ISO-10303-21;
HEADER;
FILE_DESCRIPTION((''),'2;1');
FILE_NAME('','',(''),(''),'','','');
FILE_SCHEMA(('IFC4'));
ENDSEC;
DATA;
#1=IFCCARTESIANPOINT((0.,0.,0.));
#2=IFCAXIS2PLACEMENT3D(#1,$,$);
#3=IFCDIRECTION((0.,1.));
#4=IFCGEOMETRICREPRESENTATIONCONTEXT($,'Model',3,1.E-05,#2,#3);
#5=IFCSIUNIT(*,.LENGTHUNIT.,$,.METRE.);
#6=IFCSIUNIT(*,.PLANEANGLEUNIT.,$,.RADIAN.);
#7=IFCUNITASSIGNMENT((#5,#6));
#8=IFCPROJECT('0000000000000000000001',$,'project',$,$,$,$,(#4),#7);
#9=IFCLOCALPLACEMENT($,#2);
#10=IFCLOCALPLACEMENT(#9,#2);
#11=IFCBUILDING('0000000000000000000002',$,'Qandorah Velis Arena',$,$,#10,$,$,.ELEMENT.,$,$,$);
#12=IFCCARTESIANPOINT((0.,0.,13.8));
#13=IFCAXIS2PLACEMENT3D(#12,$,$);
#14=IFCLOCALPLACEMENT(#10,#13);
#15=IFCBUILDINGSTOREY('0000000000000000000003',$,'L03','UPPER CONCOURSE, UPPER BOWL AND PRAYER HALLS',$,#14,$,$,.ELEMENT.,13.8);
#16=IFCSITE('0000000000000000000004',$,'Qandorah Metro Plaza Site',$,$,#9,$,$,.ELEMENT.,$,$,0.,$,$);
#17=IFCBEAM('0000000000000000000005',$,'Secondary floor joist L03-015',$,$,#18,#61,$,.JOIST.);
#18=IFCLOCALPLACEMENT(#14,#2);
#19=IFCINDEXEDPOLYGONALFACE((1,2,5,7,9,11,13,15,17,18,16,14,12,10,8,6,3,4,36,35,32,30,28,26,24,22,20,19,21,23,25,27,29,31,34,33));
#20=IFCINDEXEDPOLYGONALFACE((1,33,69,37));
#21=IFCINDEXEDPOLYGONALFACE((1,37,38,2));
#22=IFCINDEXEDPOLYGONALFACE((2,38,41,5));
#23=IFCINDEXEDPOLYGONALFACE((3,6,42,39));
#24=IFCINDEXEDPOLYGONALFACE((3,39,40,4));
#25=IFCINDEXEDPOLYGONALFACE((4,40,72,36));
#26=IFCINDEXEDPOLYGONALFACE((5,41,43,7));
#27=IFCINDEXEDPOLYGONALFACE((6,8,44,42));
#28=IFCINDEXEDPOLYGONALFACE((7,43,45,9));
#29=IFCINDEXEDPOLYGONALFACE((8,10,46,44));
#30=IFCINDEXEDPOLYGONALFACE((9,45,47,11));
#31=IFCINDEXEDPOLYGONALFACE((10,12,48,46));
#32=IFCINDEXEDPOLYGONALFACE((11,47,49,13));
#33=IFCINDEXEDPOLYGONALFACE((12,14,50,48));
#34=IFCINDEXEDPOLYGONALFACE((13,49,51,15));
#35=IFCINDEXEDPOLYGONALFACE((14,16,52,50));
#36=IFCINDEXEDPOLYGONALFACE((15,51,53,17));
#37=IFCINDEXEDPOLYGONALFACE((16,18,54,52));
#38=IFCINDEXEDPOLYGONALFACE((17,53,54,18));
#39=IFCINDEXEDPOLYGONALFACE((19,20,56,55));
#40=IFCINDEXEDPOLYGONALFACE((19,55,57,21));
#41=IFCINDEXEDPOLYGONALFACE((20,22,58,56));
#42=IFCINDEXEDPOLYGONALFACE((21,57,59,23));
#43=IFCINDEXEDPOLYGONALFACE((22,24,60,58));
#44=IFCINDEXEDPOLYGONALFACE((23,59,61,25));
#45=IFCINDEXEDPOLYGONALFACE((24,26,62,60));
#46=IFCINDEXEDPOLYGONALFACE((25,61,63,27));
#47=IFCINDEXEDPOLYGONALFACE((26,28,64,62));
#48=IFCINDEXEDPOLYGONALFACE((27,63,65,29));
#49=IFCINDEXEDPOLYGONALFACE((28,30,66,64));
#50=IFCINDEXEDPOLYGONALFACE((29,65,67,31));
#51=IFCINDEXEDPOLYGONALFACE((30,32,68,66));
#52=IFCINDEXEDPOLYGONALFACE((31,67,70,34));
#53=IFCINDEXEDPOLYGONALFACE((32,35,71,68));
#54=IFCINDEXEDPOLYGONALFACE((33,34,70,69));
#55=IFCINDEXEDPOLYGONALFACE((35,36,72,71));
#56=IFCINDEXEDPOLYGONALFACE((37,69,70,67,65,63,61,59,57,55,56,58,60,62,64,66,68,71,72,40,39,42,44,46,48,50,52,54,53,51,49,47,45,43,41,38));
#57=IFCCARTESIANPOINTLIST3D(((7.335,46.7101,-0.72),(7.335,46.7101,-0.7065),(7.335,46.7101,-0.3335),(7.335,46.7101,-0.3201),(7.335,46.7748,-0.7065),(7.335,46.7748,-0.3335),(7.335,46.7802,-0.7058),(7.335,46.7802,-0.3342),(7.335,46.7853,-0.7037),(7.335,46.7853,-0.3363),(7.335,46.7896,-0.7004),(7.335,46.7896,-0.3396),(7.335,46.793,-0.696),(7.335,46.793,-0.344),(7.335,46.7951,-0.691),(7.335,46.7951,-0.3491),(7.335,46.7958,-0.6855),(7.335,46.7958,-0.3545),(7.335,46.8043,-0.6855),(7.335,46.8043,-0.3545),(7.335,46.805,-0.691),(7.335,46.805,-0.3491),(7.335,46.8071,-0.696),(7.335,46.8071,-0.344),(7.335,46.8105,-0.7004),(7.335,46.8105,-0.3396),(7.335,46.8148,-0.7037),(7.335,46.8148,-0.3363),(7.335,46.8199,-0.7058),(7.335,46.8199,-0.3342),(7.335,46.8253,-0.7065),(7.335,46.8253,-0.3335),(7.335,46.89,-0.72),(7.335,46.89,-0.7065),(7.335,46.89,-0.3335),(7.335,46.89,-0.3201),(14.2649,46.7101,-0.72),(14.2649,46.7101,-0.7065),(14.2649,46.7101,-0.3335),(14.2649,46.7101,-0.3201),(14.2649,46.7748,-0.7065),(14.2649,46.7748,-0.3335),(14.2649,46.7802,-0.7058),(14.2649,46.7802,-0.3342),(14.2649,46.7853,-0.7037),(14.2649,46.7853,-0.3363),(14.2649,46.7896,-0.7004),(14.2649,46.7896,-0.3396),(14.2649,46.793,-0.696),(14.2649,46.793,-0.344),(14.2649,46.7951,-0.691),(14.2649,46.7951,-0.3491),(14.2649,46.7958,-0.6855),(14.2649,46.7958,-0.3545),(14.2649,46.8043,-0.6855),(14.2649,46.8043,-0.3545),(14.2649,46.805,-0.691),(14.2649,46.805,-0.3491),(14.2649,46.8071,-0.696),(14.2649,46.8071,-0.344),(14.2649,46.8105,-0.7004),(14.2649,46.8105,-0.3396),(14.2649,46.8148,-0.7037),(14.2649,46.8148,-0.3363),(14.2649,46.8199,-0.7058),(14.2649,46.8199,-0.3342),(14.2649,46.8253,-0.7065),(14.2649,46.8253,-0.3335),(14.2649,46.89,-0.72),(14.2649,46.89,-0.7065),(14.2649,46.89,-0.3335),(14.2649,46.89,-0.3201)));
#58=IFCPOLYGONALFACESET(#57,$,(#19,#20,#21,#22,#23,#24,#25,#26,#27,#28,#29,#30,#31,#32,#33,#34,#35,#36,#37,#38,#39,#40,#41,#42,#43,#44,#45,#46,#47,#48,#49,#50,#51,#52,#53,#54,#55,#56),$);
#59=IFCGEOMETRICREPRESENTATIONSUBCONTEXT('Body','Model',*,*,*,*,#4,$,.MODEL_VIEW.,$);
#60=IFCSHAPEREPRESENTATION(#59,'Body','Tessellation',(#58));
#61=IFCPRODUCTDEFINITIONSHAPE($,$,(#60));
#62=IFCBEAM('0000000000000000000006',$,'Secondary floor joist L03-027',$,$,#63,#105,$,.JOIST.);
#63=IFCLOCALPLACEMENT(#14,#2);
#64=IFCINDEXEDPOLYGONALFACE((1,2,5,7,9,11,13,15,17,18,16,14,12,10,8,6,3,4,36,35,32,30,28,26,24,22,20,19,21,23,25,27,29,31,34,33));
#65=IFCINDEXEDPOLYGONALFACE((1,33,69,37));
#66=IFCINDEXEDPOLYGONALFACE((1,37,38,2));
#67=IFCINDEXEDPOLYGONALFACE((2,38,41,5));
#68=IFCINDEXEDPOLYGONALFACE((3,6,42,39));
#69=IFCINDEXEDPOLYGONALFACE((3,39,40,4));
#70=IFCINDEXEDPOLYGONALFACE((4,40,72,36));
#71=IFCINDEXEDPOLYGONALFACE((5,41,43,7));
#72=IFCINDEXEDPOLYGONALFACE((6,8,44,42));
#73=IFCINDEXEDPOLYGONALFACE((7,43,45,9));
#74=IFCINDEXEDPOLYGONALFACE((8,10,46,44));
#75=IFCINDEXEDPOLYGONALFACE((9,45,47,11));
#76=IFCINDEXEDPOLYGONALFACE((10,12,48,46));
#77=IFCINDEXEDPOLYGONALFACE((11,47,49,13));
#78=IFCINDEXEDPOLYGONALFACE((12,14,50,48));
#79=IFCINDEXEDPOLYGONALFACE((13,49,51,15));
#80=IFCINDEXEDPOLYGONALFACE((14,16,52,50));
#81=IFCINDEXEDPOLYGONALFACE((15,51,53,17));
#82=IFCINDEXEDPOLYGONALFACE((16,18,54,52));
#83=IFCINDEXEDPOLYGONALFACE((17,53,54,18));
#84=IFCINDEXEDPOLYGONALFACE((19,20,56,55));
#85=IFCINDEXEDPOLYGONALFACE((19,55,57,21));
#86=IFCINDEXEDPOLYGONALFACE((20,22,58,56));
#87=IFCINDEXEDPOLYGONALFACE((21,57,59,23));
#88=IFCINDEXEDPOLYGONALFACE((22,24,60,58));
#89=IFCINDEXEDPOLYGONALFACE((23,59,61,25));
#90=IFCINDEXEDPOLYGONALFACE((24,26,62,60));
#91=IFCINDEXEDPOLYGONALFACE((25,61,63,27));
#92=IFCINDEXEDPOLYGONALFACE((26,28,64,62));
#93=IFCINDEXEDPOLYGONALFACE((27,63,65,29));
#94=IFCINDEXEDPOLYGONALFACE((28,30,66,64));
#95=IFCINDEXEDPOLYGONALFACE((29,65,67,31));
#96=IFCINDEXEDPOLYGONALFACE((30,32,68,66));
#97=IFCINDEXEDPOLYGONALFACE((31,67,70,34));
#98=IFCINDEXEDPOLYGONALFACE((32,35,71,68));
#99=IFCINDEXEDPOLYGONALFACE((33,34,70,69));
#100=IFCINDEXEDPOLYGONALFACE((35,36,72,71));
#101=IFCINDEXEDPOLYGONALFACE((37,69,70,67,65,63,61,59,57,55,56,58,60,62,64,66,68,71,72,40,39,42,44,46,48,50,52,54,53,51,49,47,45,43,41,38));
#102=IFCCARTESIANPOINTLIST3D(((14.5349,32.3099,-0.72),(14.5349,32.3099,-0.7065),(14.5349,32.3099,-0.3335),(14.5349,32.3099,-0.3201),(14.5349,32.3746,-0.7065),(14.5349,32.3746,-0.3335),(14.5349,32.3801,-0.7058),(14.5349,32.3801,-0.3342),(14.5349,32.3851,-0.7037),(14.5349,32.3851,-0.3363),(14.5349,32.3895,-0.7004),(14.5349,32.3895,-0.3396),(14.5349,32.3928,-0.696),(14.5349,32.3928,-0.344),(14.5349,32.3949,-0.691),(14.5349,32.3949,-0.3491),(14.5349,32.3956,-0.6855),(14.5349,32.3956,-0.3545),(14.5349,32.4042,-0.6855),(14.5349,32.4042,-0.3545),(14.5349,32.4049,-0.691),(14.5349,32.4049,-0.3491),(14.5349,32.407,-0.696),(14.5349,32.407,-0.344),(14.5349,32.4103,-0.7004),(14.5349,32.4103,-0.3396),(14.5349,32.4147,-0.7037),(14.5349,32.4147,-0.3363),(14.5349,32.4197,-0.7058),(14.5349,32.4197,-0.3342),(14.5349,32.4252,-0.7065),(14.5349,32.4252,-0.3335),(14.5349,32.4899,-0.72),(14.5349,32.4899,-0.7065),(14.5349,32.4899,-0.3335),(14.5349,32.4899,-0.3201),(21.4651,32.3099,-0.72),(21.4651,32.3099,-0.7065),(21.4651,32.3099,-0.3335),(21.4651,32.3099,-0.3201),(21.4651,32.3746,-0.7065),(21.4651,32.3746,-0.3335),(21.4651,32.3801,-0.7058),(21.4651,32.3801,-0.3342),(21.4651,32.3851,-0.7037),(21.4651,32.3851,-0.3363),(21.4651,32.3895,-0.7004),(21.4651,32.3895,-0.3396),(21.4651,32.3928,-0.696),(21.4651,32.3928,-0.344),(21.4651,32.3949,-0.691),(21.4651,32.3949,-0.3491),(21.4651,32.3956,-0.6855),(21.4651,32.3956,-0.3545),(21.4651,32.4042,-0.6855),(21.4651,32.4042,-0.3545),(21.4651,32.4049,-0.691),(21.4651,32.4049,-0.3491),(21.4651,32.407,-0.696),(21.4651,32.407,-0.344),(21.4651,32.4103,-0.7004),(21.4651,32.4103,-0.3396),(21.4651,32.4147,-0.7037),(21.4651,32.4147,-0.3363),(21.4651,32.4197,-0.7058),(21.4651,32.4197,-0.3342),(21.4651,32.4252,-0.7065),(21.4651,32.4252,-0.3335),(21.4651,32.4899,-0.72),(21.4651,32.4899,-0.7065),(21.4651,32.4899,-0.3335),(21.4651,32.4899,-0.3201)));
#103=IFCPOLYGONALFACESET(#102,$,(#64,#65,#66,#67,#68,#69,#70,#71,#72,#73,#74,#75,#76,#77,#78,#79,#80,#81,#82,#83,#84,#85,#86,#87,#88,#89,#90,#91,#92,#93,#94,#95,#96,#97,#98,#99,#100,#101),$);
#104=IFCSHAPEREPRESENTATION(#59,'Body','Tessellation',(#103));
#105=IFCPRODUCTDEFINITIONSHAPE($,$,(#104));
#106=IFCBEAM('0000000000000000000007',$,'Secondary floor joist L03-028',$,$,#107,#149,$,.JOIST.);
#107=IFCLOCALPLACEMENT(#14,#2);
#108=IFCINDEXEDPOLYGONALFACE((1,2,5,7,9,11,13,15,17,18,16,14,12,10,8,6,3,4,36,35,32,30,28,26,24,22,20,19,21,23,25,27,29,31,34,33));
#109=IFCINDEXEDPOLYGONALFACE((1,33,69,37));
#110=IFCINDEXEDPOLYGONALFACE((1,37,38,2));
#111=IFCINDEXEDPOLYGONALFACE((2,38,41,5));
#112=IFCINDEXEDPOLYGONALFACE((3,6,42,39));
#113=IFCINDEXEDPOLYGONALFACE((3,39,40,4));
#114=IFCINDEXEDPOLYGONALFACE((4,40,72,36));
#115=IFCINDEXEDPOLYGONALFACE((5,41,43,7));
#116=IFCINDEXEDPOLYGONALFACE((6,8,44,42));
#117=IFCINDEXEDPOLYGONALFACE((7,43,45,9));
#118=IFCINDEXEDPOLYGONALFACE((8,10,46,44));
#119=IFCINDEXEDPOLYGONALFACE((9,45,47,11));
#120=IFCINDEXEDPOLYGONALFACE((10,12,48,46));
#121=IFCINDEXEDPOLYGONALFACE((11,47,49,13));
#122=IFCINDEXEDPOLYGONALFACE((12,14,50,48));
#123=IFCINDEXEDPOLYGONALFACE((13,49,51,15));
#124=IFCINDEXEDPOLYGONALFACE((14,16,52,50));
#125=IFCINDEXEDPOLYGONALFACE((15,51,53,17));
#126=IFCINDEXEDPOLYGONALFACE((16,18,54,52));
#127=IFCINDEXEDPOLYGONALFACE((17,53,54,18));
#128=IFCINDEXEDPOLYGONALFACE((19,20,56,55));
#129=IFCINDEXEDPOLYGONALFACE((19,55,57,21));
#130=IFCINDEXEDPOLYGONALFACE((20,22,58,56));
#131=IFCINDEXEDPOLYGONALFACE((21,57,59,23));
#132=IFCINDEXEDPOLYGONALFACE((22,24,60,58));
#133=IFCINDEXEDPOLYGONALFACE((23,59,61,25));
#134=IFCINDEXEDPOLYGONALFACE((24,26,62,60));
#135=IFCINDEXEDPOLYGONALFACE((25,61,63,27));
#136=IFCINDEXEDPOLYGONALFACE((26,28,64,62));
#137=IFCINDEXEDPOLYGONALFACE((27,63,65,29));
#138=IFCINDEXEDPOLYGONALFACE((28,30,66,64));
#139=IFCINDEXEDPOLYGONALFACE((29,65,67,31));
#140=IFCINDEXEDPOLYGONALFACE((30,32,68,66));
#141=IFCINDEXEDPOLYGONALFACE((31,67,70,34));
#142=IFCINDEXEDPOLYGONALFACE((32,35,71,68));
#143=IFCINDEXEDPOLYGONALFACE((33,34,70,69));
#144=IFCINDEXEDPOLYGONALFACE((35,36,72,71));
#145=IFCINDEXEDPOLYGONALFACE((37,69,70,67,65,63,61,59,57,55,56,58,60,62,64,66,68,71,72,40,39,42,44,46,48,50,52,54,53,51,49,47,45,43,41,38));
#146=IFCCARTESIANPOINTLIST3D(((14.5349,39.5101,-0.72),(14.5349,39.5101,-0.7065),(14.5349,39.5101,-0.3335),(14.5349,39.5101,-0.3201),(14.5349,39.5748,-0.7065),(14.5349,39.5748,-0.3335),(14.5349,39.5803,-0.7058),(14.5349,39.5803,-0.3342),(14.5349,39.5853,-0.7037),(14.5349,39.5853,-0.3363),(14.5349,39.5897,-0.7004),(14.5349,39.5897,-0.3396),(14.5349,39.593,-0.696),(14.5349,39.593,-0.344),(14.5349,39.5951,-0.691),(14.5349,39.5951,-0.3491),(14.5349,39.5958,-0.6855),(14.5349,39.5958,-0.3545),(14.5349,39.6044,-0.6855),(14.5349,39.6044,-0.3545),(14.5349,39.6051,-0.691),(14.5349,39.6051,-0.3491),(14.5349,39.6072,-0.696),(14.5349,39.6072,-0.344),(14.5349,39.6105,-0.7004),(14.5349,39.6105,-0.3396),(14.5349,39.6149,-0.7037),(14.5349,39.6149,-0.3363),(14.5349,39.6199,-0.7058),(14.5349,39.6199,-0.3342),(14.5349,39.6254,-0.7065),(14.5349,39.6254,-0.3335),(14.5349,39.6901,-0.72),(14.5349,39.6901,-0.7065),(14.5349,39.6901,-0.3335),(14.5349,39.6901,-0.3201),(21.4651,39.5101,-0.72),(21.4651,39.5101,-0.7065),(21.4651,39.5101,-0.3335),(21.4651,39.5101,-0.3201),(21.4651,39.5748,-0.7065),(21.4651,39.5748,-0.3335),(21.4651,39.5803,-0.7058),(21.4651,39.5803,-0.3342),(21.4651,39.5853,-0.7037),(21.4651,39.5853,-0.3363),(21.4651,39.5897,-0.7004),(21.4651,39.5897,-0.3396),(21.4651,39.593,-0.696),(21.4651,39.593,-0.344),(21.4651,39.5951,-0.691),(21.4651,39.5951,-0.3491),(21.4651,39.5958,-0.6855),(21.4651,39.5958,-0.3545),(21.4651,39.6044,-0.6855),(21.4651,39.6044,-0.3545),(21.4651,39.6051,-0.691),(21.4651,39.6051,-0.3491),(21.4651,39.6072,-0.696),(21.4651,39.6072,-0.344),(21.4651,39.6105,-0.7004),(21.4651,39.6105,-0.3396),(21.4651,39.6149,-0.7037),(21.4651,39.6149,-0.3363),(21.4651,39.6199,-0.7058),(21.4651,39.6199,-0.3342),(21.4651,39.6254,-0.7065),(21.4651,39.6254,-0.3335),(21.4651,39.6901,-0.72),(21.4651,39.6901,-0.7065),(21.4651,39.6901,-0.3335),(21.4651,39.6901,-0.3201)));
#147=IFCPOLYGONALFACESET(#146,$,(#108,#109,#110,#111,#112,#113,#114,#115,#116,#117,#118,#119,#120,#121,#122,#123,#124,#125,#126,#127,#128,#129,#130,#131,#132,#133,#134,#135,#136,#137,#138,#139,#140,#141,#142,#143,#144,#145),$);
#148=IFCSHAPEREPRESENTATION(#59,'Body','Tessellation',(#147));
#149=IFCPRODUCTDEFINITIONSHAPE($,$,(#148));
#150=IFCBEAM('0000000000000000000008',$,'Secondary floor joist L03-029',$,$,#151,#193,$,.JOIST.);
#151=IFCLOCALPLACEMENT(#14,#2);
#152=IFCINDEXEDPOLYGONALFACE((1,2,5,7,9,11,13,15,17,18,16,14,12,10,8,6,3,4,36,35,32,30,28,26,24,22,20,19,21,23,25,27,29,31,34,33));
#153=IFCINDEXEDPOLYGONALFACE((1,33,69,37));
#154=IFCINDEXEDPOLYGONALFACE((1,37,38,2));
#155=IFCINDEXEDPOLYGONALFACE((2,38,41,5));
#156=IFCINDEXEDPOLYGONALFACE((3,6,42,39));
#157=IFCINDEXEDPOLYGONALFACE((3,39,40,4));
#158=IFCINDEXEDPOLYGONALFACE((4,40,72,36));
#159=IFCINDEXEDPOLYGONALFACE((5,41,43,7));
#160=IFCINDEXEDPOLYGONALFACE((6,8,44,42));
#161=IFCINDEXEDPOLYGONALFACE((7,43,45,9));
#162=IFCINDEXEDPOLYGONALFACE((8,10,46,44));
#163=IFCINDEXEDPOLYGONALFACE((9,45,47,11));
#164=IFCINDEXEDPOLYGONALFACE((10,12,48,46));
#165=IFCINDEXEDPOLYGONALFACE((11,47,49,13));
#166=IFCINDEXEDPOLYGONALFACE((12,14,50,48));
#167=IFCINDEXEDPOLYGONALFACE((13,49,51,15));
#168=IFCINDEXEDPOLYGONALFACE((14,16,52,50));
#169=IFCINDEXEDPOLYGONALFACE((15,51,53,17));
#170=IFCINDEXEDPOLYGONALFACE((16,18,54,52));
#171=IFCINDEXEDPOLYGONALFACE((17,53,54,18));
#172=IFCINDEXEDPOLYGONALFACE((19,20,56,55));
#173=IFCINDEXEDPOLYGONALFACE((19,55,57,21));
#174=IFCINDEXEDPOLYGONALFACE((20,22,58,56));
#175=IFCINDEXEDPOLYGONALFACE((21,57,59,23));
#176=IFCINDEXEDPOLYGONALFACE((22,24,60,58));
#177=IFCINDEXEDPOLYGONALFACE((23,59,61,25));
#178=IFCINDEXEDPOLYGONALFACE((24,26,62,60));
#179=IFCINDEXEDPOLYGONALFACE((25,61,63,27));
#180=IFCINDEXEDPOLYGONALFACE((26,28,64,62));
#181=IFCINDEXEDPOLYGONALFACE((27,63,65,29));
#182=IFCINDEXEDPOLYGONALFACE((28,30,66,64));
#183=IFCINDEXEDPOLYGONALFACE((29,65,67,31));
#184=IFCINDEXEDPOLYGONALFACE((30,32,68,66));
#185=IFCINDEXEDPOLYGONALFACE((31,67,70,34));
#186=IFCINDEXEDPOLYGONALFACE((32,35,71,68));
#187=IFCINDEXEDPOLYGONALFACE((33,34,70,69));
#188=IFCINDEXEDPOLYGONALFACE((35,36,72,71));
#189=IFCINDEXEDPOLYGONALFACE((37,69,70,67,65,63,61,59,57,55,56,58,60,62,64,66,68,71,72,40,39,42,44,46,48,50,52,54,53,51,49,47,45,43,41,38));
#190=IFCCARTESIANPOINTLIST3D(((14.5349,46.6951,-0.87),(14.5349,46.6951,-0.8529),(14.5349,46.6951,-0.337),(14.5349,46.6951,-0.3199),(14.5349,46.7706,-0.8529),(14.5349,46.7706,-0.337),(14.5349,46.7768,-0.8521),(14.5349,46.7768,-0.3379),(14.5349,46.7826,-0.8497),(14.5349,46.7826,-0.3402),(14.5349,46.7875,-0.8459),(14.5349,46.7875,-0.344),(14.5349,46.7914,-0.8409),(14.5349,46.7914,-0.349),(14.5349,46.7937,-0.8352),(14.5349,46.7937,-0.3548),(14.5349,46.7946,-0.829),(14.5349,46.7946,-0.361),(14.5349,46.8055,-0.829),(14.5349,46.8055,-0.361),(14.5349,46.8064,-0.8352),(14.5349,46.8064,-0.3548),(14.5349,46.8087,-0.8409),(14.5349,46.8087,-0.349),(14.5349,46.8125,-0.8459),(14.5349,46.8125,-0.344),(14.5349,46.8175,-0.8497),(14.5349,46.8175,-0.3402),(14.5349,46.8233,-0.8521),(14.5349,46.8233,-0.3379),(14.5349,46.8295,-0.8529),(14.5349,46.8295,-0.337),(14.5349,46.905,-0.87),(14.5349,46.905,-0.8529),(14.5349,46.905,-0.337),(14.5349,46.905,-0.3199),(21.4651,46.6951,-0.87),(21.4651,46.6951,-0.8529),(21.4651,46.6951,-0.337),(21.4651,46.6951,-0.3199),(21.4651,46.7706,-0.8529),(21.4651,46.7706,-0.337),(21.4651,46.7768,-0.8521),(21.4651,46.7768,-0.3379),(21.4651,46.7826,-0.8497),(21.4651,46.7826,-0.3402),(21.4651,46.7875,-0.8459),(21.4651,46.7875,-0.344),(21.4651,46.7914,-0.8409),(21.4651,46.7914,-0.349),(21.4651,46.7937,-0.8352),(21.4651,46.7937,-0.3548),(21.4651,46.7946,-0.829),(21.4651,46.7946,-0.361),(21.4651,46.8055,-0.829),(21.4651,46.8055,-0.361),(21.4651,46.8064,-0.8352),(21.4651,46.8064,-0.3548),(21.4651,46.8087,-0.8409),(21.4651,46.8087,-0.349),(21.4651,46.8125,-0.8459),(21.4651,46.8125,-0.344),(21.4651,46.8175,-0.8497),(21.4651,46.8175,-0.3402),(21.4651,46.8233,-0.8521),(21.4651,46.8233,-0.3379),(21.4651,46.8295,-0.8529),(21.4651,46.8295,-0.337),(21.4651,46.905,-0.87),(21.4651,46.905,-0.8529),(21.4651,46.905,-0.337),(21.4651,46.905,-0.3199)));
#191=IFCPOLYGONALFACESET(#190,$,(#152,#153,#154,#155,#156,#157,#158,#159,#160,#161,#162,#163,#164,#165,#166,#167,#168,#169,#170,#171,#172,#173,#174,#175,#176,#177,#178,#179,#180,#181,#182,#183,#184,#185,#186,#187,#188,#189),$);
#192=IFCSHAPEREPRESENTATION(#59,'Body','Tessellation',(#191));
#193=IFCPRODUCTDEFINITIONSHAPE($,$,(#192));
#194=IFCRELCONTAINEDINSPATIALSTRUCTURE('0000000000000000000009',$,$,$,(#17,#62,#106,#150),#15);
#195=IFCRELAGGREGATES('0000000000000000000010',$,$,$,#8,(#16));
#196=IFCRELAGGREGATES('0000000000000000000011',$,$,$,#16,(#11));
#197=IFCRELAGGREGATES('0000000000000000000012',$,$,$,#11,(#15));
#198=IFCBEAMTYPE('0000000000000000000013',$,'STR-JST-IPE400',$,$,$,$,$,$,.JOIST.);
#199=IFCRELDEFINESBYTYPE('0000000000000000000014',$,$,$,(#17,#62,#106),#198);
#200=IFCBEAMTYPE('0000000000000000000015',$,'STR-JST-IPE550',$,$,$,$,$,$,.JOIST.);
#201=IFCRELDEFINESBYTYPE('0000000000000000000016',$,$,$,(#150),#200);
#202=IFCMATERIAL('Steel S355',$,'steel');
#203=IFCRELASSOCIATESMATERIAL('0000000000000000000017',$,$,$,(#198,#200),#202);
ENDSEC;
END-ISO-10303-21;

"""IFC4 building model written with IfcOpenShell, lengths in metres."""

from ifc_helpers import new_model, si_unit, direction, frame, origin, origin_2d, place, context, subcontext, project, spatial, i_section, extrude, material, material_profile, profile_set, type_object, element, save


model = new_model("IFC4")

# Units and contexts
model_context = context("Model", 3, precision=1e-05, world=origin(), true_north=direction((0.0, 1.0)))
body_context = subcontext(model_context, "Body", "Model", "MODEL_VIEW")
ifc_project = project(units=[si_unit("LENGTHUNIT", "METRE"), si_unit("PLANEANGLEUNIT", "RADIAN")], contexts=[model_context])

# Site, building, storey
site_placement = place(None, origin())
site = spatial("IfcSite", under=ifc_project, at=site_placement, Name="Qandorah Metro Plaza Site", CompositionType="ELEMENT", RefElevation=0.0)
building_placement = place(site_placement, origin())
building = spatial("IfcBuilding", under=site, at=building_placement, Name="Qandorah Velis Arena", CompositionType="ELEMENT")
storey_placement = place(building_placement, frame((0.0, 0.0, 13.8)))
storey = spatial("IfcBuildingStorey", under=building, at=storey_placement, Name="L03", Description="UPPER CONCOURSE, UPPER BOWL AND PRAYER HALLS", CompositionType="ELEMENT", Elevation=13.8)

# Beams
ifc_material_1 = material(Name="Steel S355", Category="steel")
ifc_material_profile_1 = material_profile(ifc_material_1, i_section(OverallWidth=0.1799, OverallDepth=0.3999, WebThickness=0.0085, FlangeThickness=0.0134, FilletRadius=0.021, at=origin_2d()), Name="IPE 400")
ifc_profile_set_1 = profile_set([ifc_material_profile_1], Name="Steel S355")
beam_type_1 = type_object("IfcBeamType", Name="STR-JST-IPE400", PredefinedType="JOIST", material=ifc_profile_set_1)
for number, where, z_axis, x_axis, name in (
    (1, (7.335, 46.8, -0.52), (1.0, 0.0, 0.0), (0.0, 1.0, 0.0), "Secondary floor joist L03-015"),
):
    element("IfcBeam", number, at=place(storey_placement, frame(where, z_axis=z_axis, x_axis=x_axis)), inside=storey, type_object=beam_type_1, Name=name, PredefinedType="JOIST", context=body_context, shape_type="SweptSolid", body=[
        extrude(i_section(OverallWidth=0.1799, OverallDepth=0.3999, WebThickness=0.0085, FlangeThickness=0.0134, FilletRadius=0.021, at=origin_2d()), origin(), (0.0, 0.0, 1.0), 6.9299),
    ])
for number, where, z_axis, x_axis, name in (
    (2, (14.5349, 32.3999, -0.52), (1.0, 0.0, 0.0), (0.0, 1.0, 0.0), "Secondary floor joist L03-027"),
    (3, (14.5349, 39.6001, -0.52), (1.0, 0.0, 0.0), (0.0, 1.0, 0.0), "Secondary floor joist L03-028"),
):
    element("IfcBeam", number, at=place(storey_placement, frame(where, z_axis=z_axis, x_axis=x_axis)), inside=storey, type_object=beam_type_1, Name=name, PredefinedType="JOIST", context=body_context, shape_type="SweptSolid", body=[
        extrude(i_section(OverallWidth=0.1799, OverallDepth=0.3999, WebThickness=0.0085, FlangeThickness=0.0134, FilletRadius=0.021, at=origin_2d()), origin(), (0.0, 0.0, 1.0), 6.9302),
    ])
ifc_material_profile_2 = material_profile(ifc_material_1, i_section(OverallWidth=0.21, OverallDepth=0.55, WebThickness=0.011, FlangeThickness=0.0171, FilletRadius=0.0239, at=origin_2d()), Name="IPE 550")
ifc_profile_set_2 = profile_set([ifc_material_profile_2], Name="Steel S355")
beam_type_2 = type_object("IfcBeamType", Name="STR-JST-IPE550", PredefinedType="JOIST", material=ifc_profile_set_2)
beam_1_placement = place(storey_placement, frame((14.5349, 46.8, -0.595), z_axis=(1.0, 0.0, 0.0), x_axis=(0.0, 1.0, 0.0)))
element("IfcBeam", 4, at=beam_1_placement, inside=storey, type_object=beam_type_2, Name="Secondary floor joist L03-029", PredefinedType="JOIST", context=body_context, shape_type="SweptSolid", body=[
    extrude(i_section(OverallWidth=0.21, OverallDepth=0.55, WebThickness=0.011, FlangeThickness=0.0171, FilletRadius=0.0239, at=origin_2d()), origin(), (0.0, 0.0, 1.0), 6.9302),
])

save(model, "model.ifc")
